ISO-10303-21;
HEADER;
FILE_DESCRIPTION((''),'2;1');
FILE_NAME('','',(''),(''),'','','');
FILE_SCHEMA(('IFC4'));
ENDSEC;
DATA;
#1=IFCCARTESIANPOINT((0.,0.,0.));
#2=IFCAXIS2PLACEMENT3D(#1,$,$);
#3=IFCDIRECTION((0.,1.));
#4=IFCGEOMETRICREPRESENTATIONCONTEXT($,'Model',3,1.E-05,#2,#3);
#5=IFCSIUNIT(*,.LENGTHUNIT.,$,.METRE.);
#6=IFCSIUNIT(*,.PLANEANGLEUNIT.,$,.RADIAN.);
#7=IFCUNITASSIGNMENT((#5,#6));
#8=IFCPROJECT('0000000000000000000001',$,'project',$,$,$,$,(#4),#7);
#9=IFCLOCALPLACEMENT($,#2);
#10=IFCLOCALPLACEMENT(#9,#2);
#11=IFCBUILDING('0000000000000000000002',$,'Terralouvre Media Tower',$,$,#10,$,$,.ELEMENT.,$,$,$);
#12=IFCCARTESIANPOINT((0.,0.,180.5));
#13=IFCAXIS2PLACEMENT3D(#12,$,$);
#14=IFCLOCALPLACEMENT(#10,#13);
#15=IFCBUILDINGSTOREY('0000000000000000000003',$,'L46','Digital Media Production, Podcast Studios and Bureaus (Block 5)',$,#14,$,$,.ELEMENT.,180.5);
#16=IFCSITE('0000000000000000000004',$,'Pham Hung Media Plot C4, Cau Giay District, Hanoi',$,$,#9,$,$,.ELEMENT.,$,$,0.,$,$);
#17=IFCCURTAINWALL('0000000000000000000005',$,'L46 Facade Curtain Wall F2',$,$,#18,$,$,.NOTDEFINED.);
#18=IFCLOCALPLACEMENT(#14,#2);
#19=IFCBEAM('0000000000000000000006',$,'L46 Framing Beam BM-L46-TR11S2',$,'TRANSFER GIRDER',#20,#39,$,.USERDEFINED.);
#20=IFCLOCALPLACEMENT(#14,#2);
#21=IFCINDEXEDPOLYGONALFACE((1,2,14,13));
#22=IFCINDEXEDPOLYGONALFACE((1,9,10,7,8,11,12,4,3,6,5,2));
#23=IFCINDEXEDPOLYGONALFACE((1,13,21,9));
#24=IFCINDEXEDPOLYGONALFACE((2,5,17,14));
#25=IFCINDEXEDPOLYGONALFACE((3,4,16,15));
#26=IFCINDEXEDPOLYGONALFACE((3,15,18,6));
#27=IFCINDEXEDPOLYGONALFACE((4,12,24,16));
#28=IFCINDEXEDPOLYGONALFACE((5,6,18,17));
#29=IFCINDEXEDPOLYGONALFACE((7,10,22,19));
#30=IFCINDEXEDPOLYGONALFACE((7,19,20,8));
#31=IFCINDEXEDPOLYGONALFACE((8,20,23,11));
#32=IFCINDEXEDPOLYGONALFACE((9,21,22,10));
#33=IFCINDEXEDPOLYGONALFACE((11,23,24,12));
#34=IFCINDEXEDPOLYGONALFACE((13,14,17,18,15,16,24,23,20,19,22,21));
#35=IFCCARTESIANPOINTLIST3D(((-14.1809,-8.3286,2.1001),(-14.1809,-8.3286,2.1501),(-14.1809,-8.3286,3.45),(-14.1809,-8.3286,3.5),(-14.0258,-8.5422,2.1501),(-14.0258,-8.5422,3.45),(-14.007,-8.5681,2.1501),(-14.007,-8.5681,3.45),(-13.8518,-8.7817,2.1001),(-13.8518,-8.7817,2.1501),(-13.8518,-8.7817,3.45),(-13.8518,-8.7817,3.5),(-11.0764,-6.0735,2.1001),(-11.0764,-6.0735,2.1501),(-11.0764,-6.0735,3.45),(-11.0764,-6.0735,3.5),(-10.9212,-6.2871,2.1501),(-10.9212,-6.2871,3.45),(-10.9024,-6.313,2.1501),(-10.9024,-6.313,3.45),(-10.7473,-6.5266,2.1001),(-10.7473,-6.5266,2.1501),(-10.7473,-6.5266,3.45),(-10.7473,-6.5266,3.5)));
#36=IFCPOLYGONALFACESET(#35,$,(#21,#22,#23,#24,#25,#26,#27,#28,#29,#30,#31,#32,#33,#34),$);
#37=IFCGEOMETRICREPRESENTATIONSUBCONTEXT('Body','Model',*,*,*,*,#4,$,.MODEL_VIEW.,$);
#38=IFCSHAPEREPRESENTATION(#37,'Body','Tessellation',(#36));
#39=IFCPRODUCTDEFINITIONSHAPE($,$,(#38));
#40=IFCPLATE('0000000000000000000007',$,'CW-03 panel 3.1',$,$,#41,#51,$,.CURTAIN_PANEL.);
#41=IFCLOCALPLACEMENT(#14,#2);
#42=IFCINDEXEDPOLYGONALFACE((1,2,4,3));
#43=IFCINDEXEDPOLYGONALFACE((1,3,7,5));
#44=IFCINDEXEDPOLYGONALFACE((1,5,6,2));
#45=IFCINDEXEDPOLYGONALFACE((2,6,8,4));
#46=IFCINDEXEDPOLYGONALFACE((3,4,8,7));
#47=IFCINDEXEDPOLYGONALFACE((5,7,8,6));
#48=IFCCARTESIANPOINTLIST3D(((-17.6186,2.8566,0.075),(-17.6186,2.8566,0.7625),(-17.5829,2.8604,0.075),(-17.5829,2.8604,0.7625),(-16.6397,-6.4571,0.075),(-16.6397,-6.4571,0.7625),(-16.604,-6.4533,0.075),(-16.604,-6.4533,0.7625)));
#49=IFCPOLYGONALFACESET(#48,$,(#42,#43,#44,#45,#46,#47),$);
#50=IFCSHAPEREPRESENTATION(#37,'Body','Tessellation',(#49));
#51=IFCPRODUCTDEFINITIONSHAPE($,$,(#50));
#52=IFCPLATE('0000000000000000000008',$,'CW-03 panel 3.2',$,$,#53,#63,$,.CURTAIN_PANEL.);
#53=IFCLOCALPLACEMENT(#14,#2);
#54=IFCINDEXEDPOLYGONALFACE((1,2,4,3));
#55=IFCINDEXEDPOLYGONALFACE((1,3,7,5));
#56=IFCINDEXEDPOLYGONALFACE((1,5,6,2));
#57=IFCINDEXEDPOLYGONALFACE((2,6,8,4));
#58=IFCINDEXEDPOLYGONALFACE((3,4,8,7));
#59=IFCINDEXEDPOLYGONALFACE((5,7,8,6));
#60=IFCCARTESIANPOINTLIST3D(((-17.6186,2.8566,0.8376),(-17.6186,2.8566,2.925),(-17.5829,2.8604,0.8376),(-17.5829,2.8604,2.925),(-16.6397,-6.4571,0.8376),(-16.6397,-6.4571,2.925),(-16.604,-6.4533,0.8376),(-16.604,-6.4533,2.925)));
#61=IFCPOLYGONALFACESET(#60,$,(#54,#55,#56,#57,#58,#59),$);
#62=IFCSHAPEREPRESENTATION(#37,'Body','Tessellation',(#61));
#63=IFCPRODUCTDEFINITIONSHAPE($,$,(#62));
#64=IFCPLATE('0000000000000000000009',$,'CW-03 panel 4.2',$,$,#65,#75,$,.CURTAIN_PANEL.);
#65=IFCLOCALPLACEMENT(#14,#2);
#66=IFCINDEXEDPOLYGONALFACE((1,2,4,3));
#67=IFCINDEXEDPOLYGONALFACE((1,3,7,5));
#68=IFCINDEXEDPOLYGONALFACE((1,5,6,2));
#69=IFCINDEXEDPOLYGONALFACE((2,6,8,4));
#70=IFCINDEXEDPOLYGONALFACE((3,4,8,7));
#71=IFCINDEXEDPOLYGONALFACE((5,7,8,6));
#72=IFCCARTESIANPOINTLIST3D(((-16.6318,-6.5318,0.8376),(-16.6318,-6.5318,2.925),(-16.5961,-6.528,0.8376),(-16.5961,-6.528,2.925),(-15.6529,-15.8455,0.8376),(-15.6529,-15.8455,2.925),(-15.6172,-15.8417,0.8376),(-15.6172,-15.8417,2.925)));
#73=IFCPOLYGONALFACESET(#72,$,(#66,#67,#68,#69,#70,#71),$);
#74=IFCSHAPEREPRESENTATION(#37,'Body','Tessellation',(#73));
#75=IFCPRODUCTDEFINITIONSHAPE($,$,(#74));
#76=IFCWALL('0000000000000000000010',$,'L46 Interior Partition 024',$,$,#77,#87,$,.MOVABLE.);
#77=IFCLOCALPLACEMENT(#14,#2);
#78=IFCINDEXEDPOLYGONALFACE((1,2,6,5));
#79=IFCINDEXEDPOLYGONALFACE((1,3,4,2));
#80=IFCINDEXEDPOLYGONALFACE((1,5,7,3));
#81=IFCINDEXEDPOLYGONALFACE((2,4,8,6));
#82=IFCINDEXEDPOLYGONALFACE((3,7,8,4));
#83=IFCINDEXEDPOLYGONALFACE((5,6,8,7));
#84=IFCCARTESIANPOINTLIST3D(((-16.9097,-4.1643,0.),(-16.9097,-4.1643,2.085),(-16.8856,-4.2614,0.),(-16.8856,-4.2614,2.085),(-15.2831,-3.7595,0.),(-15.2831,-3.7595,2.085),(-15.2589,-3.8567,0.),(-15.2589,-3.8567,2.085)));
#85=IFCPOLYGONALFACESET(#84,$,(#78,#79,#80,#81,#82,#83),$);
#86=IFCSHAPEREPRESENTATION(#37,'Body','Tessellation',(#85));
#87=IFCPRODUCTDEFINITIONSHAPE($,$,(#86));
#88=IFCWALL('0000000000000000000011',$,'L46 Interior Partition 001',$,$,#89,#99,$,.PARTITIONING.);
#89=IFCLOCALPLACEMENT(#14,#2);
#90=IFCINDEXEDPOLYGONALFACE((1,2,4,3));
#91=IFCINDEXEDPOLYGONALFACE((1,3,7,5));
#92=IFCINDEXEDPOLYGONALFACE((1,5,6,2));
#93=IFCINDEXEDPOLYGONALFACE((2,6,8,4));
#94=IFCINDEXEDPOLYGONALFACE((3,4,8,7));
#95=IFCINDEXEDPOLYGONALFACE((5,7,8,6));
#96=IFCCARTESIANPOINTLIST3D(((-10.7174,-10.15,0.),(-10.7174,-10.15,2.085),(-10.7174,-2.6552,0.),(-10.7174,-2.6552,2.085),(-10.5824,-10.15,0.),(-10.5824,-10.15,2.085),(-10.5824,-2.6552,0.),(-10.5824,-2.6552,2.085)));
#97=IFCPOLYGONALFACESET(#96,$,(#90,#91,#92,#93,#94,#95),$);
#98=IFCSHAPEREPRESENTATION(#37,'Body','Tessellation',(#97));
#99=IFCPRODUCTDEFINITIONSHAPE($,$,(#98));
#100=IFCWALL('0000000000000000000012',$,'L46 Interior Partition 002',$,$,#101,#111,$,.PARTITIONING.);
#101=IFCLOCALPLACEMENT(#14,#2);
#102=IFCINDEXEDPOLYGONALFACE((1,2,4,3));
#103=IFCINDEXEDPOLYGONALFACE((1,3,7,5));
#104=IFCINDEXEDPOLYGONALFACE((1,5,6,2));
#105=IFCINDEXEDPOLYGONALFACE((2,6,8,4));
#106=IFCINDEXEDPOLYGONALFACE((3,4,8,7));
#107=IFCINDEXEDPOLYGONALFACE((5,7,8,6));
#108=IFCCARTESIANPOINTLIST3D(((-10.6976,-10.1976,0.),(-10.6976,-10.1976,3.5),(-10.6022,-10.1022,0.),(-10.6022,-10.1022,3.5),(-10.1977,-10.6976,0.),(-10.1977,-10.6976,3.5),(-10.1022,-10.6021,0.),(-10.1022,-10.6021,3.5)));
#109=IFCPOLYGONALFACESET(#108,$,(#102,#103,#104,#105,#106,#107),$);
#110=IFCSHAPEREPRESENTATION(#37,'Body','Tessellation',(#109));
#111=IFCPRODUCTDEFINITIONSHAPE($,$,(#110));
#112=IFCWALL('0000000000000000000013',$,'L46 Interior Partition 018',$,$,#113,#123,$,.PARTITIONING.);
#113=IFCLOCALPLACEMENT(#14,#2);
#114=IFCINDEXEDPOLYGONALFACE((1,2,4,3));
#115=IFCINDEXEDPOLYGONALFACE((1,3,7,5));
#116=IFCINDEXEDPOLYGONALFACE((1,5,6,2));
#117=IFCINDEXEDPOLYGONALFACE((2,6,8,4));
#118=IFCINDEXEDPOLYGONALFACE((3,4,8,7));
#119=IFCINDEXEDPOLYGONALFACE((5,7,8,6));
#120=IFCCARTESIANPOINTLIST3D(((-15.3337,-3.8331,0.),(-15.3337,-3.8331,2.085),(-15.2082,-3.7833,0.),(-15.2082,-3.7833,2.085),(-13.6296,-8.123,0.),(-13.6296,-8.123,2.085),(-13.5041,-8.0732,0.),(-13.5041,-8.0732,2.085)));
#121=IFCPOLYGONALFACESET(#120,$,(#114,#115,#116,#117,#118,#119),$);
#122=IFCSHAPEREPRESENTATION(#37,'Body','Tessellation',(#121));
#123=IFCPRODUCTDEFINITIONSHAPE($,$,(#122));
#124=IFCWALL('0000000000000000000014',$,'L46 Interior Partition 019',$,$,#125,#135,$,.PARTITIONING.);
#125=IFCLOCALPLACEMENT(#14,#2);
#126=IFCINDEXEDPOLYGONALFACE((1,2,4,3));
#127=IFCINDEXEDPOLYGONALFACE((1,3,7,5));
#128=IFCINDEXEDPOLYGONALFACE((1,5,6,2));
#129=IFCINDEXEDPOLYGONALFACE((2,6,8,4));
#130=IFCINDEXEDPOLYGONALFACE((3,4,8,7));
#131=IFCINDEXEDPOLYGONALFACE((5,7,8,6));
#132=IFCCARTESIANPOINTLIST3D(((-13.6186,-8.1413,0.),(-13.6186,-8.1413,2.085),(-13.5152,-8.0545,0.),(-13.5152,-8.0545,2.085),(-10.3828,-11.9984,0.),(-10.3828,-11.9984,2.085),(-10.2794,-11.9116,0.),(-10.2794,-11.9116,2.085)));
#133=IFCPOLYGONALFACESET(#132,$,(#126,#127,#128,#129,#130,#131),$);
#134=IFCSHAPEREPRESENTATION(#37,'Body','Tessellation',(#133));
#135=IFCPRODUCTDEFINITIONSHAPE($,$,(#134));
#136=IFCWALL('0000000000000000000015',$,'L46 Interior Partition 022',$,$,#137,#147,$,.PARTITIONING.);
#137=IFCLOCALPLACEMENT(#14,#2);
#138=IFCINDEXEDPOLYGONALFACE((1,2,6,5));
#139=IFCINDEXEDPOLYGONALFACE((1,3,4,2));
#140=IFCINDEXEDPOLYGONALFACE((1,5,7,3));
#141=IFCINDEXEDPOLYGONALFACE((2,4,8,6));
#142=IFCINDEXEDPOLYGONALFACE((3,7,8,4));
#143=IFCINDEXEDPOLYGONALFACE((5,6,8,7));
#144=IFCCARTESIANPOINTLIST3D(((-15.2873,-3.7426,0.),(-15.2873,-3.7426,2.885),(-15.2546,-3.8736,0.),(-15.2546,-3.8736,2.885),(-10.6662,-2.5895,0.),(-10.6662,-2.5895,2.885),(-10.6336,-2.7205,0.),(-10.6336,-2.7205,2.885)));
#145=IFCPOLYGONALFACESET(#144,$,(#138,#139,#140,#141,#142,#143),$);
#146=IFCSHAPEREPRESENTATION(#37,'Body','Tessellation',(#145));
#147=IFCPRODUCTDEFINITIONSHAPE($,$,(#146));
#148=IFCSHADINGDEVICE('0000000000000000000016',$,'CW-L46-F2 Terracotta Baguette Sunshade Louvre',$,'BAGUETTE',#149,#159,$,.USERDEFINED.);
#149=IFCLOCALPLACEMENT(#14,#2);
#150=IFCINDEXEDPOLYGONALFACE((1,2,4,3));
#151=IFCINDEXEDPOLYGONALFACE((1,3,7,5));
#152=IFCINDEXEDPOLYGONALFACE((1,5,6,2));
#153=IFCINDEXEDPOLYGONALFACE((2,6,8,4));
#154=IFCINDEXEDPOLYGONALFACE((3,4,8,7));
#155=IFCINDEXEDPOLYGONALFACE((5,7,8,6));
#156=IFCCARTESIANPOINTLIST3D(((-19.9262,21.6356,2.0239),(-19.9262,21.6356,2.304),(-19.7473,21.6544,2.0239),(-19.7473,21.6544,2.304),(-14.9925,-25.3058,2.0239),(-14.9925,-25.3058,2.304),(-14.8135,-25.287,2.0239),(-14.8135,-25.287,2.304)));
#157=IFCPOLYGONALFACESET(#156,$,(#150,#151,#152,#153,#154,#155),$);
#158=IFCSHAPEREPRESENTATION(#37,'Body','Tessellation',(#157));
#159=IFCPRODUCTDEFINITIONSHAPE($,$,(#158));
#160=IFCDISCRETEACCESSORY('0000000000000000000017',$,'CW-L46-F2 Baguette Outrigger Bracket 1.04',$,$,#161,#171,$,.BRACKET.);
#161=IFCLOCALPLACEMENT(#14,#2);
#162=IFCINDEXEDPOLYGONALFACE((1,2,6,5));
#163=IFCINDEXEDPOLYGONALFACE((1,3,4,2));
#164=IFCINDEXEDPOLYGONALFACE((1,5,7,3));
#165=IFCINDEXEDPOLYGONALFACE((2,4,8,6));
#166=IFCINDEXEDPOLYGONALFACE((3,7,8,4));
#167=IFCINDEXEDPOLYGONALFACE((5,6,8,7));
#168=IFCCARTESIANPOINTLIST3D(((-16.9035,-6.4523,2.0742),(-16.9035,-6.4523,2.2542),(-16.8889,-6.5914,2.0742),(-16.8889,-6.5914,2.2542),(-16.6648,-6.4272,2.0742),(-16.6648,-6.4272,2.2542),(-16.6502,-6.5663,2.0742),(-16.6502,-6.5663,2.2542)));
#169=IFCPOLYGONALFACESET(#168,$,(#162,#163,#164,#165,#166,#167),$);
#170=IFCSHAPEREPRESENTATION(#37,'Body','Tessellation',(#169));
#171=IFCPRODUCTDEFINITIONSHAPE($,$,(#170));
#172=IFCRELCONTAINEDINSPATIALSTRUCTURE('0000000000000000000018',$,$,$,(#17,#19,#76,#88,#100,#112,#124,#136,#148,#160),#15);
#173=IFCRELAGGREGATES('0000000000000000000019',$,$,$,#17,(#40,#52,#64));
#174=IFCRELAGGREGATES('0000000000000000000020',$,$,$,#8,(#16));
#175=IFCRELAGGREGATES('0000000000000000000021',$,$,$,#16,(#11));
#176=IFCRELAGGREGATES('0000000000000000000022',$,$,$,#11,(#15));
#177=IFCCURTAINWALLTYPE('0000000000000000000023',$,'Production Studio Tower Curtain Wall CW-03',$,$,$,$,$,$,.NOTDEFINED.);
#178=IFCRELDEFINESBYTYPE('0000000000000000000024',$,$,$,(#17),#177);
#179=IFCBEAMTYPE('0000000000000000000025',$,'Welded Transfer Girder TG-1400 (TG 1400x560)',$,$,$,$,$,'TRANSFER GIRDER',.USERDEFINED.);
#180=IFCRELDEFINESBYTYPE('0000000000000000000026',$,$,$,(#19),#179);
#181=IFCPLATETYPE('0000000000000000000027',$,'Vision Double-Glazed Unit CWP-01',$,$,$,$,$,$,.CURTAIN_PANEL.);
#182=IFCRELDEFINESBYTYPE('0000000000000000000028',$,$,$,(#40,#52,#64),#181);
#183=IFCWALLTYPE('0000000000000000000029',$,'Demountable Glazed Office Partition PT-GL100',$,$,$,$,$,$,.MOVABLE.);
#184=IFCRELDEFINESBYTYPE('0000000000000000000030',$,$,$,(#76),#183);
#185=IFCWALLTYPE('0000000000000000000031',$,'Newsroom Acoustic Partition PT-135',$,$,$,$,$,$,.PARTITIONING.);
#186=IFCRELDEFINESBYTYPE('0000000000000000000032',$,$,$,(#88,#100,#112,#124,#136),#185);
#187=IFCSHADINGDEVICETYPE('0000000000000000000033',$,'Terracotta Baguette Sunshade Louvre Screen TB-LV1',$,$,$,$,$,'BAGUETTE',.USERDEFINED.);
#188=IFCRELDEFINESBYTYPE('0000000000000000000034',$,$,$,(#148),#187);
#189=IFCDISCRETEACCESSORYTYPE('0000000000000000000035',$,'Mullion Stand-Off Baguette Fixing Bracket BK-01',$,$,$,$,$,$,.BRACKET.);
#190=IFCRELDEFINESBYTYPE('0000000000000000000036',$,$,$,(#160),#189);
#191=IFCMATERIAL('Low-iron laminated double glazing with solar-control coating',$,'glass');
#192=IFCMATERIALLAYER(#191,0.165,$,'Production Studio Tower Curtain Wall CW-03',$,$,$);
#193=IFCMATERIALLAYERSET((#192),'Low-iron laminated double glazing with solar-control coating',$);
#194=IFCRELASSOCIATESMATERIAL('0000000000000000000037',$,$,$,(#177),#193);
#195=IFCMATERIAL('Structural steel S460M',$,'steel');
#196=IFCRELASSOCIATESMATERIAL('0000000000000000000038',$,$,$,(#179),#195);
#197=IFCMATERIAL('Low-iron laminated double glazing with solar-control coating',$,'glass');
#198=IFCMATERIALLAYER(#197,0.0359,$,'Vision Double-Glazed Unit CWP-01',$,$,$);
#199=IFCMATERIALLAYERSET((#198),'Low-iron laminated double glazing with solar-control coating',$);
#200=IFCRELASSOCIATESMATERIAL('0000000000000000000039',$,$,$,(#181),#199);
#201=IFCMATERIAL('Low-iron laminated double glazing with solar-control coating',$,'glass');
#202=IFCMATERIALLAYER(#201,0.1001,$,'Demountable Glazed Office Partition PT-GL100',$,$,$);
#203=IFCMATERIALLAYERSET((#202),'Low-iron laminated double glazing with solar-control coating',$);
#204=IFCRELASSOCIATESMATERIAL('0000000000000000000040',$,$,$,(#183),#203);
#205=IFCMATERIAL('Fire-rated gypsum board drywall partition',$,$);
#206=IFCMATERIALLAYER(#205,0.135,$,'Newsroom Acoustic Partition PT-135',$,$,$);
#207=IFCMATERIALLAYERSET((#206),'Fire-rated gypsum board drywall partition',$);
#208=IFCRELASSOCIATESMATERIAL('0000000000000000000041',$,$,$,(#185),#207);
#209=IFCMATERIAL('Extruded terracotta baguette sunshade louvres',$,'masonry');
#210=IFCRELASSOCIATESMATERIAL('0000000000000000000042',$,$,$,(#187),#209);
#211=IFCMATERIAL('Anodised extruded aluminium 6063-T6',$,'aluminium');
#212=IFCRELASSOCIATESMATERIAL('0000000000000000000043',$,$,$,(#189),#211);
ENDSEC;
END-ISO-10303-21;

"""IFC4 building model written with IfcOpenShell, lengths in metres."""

from ifc_helpers import new_model, si_unit, direction, frame, frame_2d, origin, origin_2d, place, context, subcontext, project, spatial, rectangle, i_section, extrude, material, layer, layer_set, material_profile, profile_set, type_object, element, aggregate, save


model = new_model("IFC4")

# Units and contexts
model_context = context("Model", 3, precision=1e-05, world=origin(), true_north=direction((0.0, 1.0)))
body_context = subcontext(model_context, "Body", "Model", "MODEL_VIEW")
ifc_project = project(units=[si_unit("LENGTHUNIT", "METRE"), si_unit("PLANEANGLEUNIT", "RADIAN")], contexts=[model_context])

# Site, building, storey
site_placement = place(None, origin())
site = spatial("IfcSite", under=ifc_project, at=site_placement, Name="Pham Hung Media Plot C4, Cau Giay District, Hanoi", CompositionType="ELEMENT", RefElevation=0.0)
building_placement = place(site_placement, origin())
building = spatial("IfcBuilding", under=site, at=building_placement, Name="Terralouvre Media Tower", CompositionType="ELEMENT")
storey_placement = place(building_placement, frame((0.0, 0.0, 180.5)))
storey = spatial("IfcBuildingStorey", under=building, at=storey_placement, Name="L46", Description="Digital Media Production, Podcast Studios and Bureaus (Block 5)", CompositionType="ELEMENT", Elevation=180.5)

# Curtain wall
ifc_material_1 = material(Name="Low-iron laminated double glazing with solar-control coating", Category="glass")
ifc_layer_1 = layer(ifc_material_1, 0.165, Name="Production Studio Tower Curtain Wall CW-03")
ifc_layer_set_1 = layer_set([ifc_layer_1], Name="Low-iron laminated double glazing with solar-control coating")
curtain_wall_type = type_object("IfcCurtainWallType", Name="Production Studio Tower Curtain Wall CW-03", PredefinedType="NOTDEFINED", material=ifc_layer_set_1)
curtain_wall_placement = place(storey_placement, origin())
curtain_wall = element("IfcCurtainWall", 1, at=curtain_wall_placement, inside=storey, type_object=curtain_wall_type, Name="L46 Facade Curtain Wall F2", PredefinedType="NOTDEFINED")

# Beam
ifc_material_2 = material(Name="Structural steel S460M", Category="steel")
ifc_material_profile_1 = material_profile(ifc_material_2, i_section(OverallWidth=0.5601, OverallDepth=1.3999, WebThickness=0.032, FlangeThickness=0.05, at=origin_2d()), Name="TG 1400x560")
ifc_profile_set_1 = profile_set([ifc_material_profile_1], Name="Structural steel S460M")
beam_type_1 = type_object("IfcBeamType", Name="Welded Transfer Girder TG-1400 (TG 1400x560)", ElementType="TRANSFER GIRDER", PredefinedType="USERDEFINED", material=ifc_profile_set_1)
beam_1_placement = place(storey_placement, frame((-14.0164, -8.5552, 2.8), z_axis=(0.809069, 0.587714, 0.0), x_axis=(-0.587714, 0.809069, 0.0)))
element("IfcBeam", 2, at=beam_1_placement, inside=storey, type_object=beam_type_1, Name="L46 Framing Beam BM-L46-TR11S2", ObjectType="TRANSFER GIRDER", PredefinedType="USERDEFINED", context=body_context, shape_type="SweptSolid", body=[
    extrude(i_section(OverallWidth=0.5601, OverallDepth=1.3999, WebThickness=0.032, FlangeThickness=0.05, at=origin_2d()), origin(), (0.0, 0.0, 1.0), 3.8372),
])

# Plates
ifc_material_3 = material(Name="Low-iron laminated double glazing with solar-control coating", Category="glass")
ifc_layer_2 = layer(ifc_material_3, 0.0359, Name="Vision Double-Glazed Unit CWP-01")
ifc_layer_set_2 = layer_set([ifc_layer_2], Name="Low-iron laminated double glazing with solar-control coating")
plate_type = type_object("IfcPlateType", Name="Vision Double-Glazed Unit CWP-01", PredefinedType="CURTAIN_PANEL", material=ifc_layer_set_2)
plate_1_placement = place(storey_placement, frame((-17.1113, -1.7983, 0.075), z_axis=(0.0, 0.0, 1.0), x_axis=(0.104528, -0.994522, 0.0)))
plate_1 = element("IfcPlate", 3, at=plate_1_placement, type_object=plate_type, Name="CW-03 panel 3.1", PredefinedType="CURTAIN_PANEL", context=body_context, shape_type="SweptSolid", body=[
    extrude(rectangle(XDim=9.365, YDim=0.0359, at=origin_2d()), origin(), (0.0, 0.0, 1.0), 0.6875),
])
plate_2_placement = place(storey_placement, frame((-17.1113, -1.7983, 0.8376), z_axis=(0.0, 0.0, 1.0), x_axis=(0.104528, -0.994522, 0.0)))
plate_2 = element("IfcPlate", 4, at=plate_2_placement, type_object=plate_type, Name="CW-03 panel 3.2", PredefinedType="CURTAIN_PANEL", context=body_context, shape_type="SweptSolid", body=[
    extrude(rectangle(XDim=9.365, YDim=0.0359, at=origin_2d()), origin(), (0.0, 0.0, 1.0), 2.0874),
])
plate_3_placement = place(storey_placement, frame((-16.1245, -11.1868, 0.8376), z_axis=(0.0, 0.0, 1.0), x_axis=(0.104528, -0.994522, 0.0)))
plate_3 = element("IfcPlate", 5, at=plate_3_placement, type_object=plate_type, Name="CW-03 panel 4.2", PredefinedType="CURTAIN_PANEL", context=body_context, shape_type="SweptSolid", body=[
    extrude(rectangle(XDim=9.365, YDim=0.0359, at=origin_2d()), origin(), (0.0, 0.0, 1.0), 2.0874),
])
aggregate(curtain_wall, [plate_1, plate_2, plate_3])

# Walls
ifc_material_4 = material(Name="Low-iron laminated double glazing with solar-control coating", Category="glass")
ifc_layer_3 = layer(ifc_material_4, 0.1001, Name="Demountable Glazed Office Partition PT-GL100")
ifc_layer_set_3 = layer_set([ifc_layer_3], Name="Low-iron laminated double glazing with solar-control coating")
wall_type_1 = type_object("IfcWallType", Name="Demountable Glazed Office Partition PT-GL100", PredefinedType="MOVABLE", material=ifc_layer_set_3)
wall_1_placement = place(storey_placement, frame((-15.271, -3.8081, 0.0), z_axis=(0.0, 0.0, 1.0), x_axis=(-0.970407, -0.241473, 0.0)))
element("IfcWall", 6, at=wall_1_placement, inside=storey, type_object=wall_type_1, Name="L46 Interior Partition 024", PredefinedType="MOVABLE", context=body_context, shape_type="SweptSolid", body=[
    extrude(rectangle(XDim=1.6763, YDim=0.1001, at=frame_2d((0.8381, 0.0))), origin(), (0.0, 0.0, 1.0), 2.085),
])
ifc_material_5 = material(Name="Fire-rated gypsum board drywall partition")
ifc_layer_4 = layer(ifc_material_5, 0.135, Name="Newsroom Acoustic Partition PT-135")
ifc_layer_set_4 = layer_set([ifc_layer_4], Name="Fire-rated gypsum board drywall partition")
wall_type_2 = type_object("IfcWallType", Name="Newsroom Acoustic Partition PT-135", PredefinedType="PARTITIONING", material=ifc_layer_set_4)
wall_2_placement = place(storey_placement, frame((-10.6499, -2.655, 0.0), z_axis=(0.0, 0.0, 1.0), x_axis=(0.0, -1.0, 0.0)))
element("IfcWall", 7, at=wall_2_placement, inside=storey, type_object=wall_type_2, Name="L46 Interior Partition 001", PredefinedType="PARTITIONING", context=body_context, shape_type="SweptSolid", body=[
    extrude(rectangle(XDim=7.4949, YDim=0.135, at=frame_2d((3.7476, 0.0))), origin(), (0.0, 0.0, 1.0), 2.085),
])
wall_3_placement = place(storey_placement, frame((-10.6499, -10.1499, 0.0), z_axis=(0.0, 0.0, 1.0), x_axis=(0.707107, -0.707107, 0.0)))
element("IfcWall", 8, at=wall_3_placement, inside=storey, type_object=wall_type_2, Name="L46 Interior Partition 002", PredefinedType="PARTITIONING", context=body_context, shape_type="SweptSolid", body=[
    extrude(rectangle(XDim=0.707, YDim=0.135, at=frame_2d((0.3535, 0.0))), origin(), (0.0, 0.0, 1.0), 3.5),
])
wall_4_placement = place(storey_placement, frame((-15.271, -3.8081, 0.0), z_axis=(0.0, 0.0, 1.0), x_axis=(0.369183, -0.929357, 0.0)))
element("IfcWall", 9, at=wall_4_placement, inside=storey, type_object=wall_type_2, Name="L46 Interior Partition 018", PredefinedType="PARTITIONING", context=body_context, shape_type="SweptSolid", body=[
    extrude(rectangle(XDim=4.616, YDim=0.135, at=frame_2d((2.3081, 0.0))), origin(), (0.0, 0.0, 1.0), 2.085),
])
wall_5_placement = place(storey_placement, frame((-13.5669, -8.0979, 0.0), z_axis=(0.0, 0.0, 1.0), x_axis=(0.642704, -0.766115, 0.0)))
element("IfcWall", 10, at=wall_5_placement, inside=storey, type_object=wall_type_2, Name="L46 Interior Partition 019", PredefinedType="PARTITIONING", context=body_context, shape_type="SweptSolid", body=[
    extrude(rectangle(XDim=5.0347, YDim=0.135, at=frame_2d((2.5173, 0.0))), origin(), (0.0, 0.0, 1.0), 2.085),
])
wall_6_placement = place(storey_placement, frame((-10.6499, -2.655, 0.0), z_axis=(0.0, 0.0, 1.0), x_axis=(-0.970251, -0.242101, 0.0)))
element("IfcWall", 11, at=wall_6_placement, inside=storey, type_object=wall_type_2, Name="L46 Interior Partition 022", PredefinedType="PARTITIONING", context=body_context, shape_type="SweptSolid", body=[
    extrude(rectangle(XDim=4.7627, YDim=0.135, at=frame_2d((2.3813, 0.0))), origin(), (0.0, 0.0, 1.0), 2.885),
])

# Shading device
ifc_material_6 = material(Name="Extruded terracotta baguette sunshade louvres", Category="masonry")
shading_device_type = type_object("IfcShadingDeviceType", Name="Terracotta Baguette Sunshade Louvre Screen TB-LV1", ElementType="BAGUETTE", PredefinedType="USERDEFINED", material=ifc_material_6)
shading_device_placement = place(storey_placement, frame((-17.3699, -1.8257, 2.0239), z_axis=(0.0, 0.0, 1.0), x_axis=(0.104528, -0.994522, 0.0)))
element("IfcShadingDevice", 12, at=shading_device_placement, inside=storey, type_object=shading_device_type, Name="CW-L46-F2 Terracotta Baguette Sunshade Louvre", ObjectType="BAGUETTE", PredefinedType="USERDEFINED", context=body_context, shape_type="SweptSolid", body=[
    extrude(rectangle(XDim=47.2, YDim=0.1799, at=origin_2d()), origin(), (0.0, 0.0, 1.0), 0.28),
])

# Discrete accessory
ifc_material_7 = material(Name="Anodised extruded aluminium 6063-T6", Category="aluminium")
discrete_accessory_type = type_object("IfcDiscreteAccessoryType", Name="Mullion Stand-Off Baguette Fixing Bracket BK-01", PredefinedType="BRACKET", material=ifc_material_7)
discrete_accessory_placement = place(storey_placement, frame((-16.7769, -6.5093, 2.0742), z_axis=(0.0, 0.0, 1.0), x_axis=(0.104528, -0.994522, 0.0)))
element("IfcDiscreteAccessory", 13, at=discrete_accessory_placement, inside=storey, type_object=discrete_accessory_type, Name="CW-L46-F2 Baguette Outrigger Bracket 1.04", PredefinedType="BRACKET", context=body_context, shape_type="SweptSolid", body=[
    extrude(rectangle(XDim=0.1399, YDim=0.24, at=origin_2d()), origin(), (0.0, 0.0, 1.0), 0.1799),
])

save(model, "model.ifc")
